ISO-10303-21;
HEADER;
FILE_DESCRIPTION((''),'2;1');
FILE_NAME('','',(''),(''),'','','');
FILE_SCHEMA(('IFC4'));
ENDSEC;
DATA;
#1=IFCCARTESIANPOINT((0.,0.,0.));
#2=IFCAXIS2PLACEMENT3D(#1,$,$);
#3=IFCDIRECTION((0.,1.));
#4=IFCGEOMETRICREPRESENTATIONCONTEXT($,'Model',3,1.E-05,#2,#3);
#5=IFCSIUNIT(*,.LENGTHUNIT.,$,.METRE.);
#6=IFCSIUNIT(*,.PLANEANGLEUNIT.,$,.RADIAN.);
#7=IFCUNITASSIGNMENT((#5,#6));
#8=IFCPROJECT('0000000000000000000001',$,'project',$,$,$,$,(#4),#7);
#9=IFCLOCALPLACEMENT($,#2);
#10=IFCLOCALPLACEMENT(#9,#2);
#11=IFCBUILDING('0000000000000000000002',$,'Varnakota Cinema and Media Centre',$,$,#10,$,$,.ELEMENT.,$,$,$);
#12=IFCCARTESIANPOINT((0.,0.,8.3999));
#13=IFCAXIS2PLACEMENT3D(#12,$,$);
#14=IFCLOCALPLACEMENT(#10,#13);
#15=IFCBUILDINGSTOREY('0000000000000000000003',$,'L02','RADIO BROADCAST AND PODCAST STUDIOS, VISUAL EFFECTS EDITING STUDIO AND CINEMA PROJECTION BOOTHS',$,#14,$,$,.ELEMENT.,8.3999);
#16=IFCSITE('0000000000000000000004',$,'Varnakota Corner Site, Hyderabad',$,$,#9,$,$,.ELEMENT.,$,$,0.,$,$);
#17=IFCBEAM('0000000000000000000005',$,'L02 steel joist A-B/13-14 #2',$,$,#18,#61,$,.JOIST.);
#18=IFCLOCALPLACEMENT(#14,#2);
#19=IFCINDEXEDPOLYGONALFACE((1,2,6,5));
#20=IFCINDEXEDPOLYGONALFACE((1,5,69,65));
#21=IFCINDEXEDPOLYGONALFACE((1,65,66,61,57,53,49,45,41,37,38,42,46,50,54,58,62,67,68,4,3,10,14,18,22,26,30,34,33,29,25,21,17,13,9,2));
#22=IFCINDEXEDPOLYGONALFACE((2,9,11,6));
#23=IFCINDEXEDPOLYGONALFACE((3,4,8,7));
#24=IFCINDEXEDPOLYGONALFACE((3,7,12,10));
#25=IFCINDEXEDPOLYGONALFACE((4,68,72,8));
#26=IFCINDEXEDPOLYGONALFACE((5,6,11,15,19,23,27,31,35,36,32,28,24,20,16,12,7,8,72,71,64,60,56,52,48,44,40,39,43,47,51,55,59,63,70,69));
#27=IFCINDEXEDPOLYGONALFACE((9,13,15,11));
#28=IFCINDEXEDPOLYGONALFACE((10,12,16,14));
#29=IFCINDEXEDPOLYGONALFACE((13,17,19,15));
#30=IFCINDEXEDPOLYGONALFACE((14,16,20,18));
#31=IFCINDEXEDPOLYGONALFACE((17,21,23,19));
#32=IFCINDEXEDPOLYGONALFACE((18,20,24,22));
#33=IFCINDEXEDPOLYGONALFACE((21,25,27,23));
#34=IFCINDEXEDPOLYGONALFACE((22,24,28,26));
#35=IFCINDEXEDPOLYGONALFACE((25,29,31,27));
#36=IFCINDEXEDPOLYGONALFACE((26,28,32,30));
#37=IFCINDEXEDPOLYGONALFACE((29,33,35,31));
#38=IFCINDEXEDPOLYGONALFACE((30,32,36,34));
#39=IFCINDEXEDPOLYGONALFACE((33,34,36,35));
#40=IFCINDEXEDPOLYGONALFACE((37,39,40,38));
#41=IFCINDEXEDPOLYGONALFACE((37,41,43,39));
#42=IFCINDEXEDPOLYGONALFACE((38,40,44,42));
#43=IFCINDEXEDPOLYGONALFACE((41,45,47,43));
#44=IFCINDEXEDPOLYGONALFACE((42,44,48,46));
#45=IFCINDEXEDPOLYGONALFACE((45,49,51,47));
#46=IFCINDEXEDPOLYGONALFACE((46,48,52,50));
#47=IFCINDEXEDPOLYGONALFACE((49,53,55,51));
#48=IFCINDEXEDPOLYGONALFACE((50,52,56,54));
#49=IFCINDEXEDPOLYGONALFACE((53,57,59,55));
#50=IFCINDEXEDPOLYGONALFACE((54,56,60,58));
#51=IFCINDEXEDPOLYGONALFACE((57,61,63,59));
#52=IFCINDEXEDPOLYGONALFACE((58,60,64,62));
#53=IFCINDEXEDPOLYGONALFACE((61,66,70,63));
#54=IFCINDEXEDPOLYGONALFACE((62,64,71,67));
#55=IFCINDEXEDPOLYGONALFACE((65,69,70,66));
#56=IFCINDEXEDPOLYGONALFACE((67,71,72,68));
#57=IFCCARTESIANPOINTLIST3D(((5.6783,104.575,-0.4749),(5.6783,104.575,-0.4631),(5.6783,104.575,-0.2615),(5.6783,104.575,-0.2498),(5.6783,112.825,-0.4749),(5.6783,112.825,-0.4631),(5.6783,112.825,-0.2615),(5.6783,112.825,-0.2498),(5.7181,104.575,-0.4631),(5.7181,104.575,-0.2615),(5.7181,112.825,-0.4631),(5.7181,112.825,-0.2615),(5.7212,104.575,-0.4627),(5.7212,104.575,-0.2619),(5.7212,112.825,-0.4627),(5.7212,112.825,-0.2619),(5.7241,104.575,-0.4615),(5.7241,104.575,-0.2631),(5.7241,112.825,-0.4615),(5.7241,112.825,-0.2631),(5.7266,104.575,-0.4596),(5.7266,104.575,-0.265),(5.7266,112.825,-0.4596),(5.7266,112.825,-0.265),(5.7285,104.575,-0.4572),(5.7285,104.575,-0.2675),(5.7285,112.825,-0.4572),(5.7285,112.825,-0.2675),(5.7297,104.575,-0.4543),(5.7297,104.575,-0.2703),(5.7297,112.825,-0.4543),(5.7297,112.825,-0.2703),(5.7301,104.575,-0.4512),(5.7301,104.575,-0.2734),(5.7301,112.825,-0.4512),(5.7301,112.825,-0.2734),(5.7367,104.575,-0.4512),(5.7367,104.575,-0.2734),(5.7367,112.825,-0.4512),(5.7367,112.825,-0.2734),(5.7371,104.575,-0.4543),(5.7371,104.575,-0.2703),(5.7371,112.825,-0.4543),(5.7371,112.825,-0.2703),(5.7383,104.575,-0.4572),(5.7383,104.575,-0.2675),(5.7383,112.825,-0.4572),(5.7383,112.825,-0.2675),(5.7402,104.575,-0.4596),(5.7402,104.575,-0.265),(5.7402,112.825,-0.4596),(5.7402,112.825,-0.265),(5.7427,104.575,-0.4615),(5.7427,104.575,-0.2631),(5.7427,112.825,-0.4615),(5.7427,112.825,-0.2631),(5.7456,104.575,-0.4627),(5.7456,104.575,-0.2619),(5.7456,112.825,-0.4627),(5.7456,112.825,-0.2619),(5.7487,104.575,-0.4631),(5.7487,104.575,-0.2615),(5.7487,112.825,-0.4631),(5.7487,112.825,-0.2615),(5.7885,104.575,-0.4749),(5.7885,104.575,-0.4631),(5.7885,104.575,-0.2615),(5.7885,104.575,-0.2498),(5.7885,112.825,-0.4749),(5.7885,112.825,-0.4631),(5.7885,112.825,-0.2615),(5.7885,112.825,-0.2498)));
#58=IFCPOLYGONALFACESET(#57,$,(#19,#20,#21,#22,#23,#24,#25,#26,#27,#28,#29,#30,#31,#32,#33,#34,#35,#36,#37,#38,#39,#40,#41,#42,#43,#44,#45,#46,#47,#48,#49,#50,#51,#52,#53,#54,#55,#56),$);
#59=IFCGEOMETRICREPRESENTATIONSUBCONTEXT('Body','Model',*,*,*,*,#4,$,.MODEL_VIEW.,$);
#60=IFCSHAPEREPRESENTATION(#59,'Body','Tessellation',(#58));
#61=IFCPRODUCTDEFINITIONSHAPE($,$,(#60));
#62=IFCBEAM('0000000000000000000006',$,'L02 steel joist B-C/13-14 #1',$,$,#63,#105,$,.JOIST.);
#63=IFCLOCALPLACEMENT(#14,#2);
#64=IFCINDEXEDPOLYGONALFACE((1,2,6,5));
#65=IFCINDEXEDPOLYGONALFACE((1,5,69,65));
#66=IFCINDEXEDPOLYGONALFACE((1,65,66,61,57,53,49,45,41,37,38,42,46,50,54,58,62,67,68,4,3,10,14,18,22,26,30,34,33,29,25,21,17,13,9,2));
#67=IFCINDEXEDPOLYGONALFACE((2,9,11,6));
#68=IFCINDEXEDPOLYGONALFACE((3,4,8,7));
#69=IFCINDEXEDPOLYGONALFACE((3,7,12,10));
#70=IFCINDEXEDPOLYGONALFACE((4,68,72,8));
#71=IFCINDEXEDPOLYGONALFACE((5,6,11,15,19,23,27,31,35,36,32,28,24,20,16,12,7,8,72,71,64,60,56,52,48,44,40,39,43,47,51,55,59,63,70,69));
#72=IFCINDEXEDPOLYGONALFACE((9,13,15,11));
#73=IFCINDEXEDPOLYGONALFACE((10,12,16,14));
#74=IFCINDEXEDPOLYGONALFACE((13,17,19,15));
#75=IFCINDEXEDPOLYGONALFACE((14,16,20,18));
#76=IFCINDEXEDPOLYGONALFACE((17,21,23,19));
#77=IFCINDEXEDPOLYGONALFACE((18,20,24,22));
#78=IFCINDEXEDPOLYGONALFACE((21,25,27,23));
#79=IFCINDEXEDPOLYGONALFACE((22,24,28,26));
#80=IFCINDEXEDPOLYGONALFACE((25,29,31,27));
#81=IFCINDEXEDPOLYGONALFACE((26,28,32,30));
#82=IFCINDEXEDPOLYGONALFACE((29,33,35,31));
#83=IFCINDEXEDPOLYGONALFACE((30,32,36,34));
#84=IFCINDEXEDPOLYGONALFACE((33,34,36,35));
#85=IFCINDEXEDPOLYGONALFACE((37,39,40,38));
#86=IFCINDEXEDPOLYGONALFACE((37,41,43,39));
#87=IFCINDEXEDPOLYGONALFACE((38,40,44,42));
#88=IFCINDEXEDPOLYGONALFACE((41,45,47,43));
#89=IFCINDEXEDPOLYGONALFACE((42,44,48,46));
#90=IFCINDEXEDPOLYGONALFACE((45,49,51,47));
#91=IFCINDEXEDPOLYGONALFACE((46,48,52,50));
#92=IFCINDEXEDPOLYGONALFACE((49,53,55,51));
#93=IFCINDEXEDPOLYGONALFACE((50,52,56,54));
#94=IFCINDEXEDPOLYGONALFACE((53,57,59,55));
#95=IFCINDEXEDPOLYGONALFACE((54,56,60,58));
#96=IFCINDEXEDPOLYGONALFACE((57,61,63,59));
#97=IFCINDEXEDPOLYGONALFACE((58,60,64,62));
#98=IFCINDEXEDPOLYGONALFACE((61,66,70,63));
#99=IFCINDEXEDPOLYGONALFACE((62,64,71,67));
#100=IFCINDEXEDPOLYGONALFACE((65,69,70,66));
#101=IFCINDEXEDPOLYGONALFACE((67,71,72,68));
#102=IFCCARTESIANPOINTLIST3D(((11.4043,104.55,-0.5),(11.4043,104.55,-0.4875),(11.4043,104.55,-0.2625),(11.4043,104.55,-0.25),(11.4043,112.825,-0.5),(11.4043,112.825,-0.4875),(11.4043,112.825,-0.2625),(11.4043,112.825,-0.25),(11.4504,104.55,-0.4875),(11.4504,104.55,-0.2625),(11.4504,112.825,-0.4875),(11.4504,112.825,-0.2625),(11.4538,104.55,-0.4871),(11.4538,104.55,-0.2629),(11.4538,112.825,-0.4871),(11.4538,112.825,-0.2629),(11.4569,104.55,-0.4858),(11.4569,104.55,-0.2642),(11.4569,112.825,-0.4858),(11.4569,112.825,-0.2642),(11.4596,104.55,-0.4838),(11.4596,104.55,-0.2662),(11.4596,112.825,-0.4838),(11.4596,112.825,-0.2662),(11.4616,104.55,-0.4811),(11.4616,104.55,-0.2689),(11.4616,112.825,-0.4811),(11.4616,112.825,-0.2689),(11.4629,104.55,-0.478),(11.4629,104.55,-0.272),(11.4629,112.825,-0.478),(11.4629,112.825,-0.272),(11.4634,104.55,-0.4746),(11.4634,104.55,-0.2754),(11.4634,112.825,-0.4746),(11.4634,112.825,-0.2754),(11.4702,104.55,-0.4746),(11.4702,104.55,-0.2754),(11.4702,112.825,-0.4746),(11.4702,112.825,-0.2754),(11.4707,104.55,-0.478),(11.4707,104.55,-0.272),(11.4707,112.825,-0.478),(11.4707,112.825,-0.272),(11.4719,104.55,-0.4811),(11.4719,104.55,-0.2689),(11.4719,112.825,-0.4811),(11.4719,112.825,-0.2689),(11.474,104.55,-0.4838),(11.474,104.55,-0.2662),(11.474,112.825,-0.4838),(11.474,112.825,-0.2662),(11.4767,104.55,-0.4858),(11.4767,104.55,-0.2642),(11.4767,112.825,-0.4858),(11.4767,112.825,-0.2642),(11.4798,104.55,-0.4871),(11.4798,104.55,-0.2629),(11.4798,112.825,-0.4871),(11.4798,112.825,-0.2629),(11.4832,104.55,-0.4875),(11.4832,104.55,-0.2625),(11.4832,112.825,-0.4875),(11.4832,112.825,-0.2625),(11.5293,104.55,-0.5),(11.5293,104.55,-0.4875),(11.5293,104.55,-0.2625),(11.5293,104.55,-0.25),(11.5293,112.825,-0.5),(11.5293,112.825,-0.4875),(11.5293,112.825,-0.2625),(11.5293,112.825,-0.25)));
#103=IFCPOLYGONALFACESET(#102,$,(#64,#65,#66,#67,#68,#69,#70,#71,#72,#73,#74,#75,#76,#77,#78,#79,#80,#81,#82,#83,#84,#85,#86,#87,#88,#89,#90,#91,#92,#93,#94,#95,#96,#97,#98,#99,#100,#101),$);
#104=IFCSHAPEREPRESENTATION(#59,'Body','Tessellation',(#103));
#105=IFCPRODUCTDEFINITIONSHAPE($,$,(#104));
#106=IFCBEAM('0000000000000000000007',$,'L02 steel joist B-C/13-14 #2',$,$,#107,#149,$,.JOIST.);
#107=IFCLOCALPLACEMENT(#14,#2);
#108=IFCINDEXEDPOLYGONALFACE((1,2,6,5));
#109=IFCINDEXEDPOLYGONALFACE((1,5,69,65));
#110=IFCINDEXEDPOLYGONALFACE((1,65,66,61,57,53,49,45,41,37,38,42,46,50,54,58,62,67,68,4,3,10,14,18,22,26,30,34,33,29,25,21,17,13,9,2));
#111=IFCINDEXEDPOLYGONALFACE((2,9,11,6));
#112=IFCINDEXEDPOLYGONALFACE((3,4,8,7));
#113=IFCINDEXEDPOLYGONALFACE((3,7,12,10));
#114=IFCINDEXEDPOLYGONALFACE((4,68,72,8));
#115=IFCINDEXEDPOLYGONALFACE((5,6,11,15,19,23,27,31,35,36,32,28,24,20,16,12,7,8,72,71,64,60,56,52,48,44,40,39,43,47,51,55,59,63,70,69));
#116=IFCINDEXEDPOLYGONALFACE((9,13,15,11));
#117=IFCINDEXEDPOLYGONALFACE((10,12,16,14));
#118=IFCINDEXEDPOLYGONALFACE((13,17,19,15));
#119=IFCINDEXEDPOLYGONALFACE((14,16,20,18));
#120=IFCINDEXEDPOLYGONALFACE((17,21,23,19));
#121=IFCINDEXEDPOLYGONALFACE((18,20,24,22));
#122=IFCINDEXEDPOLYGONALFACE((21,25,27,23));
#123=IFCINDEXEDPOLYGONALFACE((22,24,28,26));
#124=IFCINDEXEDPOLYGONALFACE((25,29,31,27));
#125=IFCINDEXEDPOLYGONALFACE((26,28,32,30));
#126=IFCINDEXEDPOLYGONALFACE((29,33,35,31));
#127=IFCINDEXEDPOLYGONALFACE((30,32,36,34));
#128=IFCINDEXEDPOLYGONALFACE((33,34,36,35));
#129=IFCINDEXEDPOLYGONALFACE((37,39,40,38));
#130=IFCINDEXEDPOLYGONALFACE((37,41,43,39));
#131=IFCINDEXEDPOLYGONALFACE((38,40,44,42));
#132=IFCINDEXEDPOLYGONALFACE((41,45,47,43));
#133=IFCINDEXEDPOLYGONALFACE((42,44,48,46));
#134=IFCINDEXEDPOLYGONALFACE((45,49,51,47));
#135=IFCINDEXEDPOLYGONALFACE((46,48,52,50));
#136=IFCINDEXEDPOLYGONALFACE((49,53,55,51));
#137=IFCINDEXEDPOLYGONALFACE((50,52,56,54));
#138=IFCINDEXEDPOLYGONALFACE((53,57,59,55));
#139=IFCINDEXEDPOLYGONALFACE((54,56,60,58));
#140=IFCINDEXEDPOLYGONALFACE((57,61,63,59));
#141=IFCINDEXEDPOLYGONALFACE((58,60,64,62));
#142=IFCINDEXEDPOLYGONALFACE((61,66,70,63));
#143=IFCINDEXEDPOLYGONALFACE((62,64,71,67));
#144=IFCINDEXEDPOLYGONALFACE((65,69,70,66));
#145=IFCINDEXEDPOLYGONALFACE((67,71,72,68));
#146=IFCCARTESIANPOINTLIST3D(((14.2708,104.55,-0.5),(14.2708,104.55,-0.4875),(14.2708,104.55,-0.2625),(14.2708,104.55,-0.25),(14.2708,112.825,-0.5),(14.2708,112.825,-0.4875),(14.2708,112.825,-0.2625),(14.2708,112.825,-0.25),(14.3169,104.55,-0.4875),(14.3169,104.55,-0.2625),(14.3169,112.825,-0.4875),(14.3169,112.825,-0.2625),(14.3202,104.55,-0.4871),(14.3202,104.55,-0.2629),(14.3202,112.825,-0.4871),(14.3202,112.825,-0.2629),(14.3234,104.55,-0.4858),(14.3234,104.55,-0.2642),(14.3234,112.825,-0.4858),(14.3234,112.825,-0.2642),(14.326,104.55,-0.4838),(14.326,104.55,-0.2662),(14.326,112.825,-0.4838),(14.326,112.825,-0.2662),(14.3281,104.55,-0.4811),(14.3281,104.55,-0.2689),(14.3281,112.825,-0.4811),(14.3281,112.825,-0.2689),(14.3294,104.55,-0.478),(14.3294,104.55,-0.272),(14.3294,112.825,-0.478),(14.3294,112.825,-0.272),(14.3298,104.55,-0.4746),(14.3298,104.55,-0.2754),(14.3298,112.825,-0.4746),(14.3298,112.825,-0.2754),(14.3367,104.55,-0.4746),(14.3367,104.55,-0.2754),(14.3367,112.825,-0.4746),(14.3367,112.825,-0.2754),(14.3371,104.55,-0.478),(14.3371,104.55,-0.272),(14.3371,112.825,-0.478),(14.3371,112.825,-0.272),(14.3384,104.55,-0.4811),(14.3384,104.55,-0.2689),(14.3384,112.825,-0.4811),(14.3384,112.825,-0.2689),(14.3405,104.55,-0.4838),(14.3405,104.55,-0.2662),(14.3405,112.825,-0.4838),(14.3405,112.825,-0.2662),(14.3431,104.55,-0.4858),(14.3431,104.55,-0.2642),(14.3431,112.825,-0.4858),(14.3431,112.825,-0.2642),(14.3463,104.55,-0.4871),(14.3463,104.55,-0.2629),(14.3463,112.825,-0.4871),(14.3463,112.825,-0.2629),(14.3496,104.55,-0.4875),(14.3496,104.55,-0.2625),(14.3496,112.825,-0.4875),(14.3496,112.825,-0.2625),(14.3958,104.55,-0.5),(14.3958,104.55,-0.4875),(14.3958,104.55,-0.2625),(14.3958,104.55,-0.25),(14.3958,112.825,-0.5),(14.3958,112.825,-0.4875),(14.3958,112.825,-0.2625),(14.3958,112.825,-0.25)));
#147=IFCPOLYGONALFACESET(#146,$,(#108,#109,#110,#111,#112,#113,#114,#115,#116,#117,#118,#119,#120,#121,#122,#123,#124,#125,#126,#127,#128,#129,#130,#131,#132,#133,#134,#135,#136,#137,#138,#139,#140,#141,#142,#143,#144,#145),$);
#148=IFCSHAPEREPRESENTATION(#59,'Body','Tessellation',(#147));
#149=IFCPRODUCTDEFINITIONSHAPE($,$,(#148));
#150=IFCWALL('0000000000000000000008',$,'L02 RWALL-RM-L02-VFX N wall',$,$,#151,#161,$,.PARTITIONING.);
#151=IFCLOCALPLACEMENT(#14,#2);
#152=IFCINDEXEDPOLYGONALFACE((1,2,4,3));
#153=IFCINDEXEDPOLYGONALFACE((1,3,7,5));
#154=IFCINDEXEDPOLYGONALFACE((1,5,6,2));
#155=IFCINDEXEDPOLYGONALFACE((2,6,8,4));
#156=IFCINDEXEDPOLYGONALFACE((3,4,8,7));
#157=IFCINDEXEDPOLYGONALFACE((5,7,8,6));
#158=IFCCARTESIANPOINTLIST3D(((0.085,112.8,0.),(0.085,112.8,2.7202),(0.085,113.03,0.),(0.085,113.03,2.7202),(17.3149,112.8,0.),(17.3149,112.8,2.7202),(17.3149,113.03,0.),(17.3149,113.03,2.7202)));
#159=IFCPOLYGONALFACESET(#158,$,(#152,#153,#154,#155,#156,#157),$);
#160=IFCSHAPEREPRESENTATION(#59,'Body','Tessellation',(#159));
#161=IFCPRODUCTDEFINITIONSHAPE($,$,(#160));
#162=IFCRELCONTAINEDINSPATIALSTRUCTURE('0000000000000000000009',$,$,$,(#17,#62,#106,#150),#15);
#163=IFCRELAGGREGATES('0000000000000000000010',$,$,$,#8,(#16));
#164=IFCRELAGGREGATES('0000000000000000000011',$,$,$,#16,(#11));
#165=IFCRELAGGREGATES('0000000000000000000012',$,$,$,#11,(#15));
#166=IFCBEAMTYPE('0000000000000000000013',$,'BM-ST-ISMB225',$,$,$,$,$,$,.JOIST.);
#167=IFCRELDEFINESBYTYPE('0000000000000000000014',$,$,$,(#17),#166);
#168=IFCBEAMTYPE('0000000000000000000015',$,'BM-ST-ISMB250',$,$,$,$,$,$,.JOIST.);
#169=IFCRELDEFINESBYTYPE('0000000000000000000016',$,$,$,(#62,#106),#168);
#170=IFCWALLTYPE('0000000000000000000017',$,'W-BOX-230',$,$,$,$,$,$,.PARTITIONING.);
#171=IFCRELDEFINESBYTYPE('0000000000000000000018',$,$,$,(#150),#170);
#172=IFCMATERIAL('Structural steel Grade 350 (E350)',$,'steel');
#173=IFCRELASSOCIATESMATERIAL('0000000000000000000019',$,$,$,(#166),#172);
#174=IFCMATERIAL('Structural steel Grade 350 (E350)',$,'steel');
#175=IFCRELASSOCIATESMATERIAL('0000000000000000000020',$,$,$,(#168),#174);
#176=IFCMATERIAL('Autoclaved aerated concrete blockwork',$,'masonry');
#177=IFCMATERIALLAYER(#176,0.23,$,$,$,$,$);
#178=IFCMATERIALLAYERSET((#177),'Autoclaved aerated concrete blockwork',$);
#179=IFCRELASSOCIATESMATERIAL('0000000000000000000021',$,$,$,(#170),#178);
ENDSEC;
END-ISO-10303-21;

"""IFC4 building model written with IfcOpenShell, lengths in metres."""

from ifc_helpers import new_model, si_unit, direction, frame, frame_2d, origin, origin_2d, place, context, subcontext, project, spatial, rectangle, i_section, extrude, material, layer, layer_set, material_profile, profile_set, type_object, element, save


model = new_model("IFC4")

# Units and contexts
model_context = context("Model", 3, precision=1e-05, world=origin(), true_north=direction((0.0, 1.0)))
body_context = subcontext(model_context, "Body", "Model", "MODEL_VIEW")
ifc_project = project(units=[si_unit("LENGTHUNIT", "METRE"), si_unit("PLANEANGLEUNIT", "RADIAN")], contexts=[model_context])

# Site, building, storey
site_placement = place(None, origin())
site = spatial("IfcSite", under=ifc_project, at=site_placement, Name="Varnakota Corner Site, Hyderabad", CompositionType="ELEMENT", RefElevation=0.0)
building_placement = place(site_placement, origin())
building = spatial("IfcBuilding", under=site, at=building_placement, Name="Varnakota Cinema and Media Centre", CompositionType="ELEMENT")
storey_placement = place(building_placement, frame((0.0, 0.0, 8.3999)))
storey = spatial("IfcBuildingStorey", under=building, at=storey_placement, Name="L02", Description="RADIO BROADCAST AND PODCAST STUDIOS, VISUAL EFFECTS EDITING STUDIO AND CINEMA PROJECTION BOOTHS", CompositionType="ELEMENT", Elevation=8.3999)

# Beams
ifc_material_1 = material(Name="Structural steel Grade 350 (E350)", Category="steel")
ifc_material_profile_1 = material_profile(ifc_material_1, i_section(OverallWidth=0.1101, OverallDepth=0.2251, WebThickness=0.0066, FlangeThickness=0.0117, FilletRadius=0.012, at=origin_2d()), Name="ISMB 225")
ifc_profile_set_1 = profile_set([ifc_material_profile_1], Name="Structural steel Grade 350 (E350)")
beam_type_1 = type_object("IfcBeamType", Name="BM-ST-ISMB225", PredefinedType="JOIST", material=ifc_profile_set_1)
for number, where, z_axis, x_axis, name in (
    (1, (5.7334, 104.575, -0.3623), (0.0, 1.0, 0.0), (-1.0, 0.0, 0.0), "L02 steel joist A-B/13-14 #2"),
):
    element("IfcBeam", number, at=place(storey_placement, frame(where, z_axis=z_axis, x_axis=x_axis)), inside=storey, type_object=beam_type_1, Name=name, PredefinedType="JOIST", context=body_context, shape_type="SweptSolid", body=[
        extrude(i_section(OverallWidth=0.1101, OverallDepth=0.2251, WebThickness=0.0066, FlangeThickness=0.0117, FilletRadius=0.012, at=origin_2d()), origin(), (0.0, 0.0, 1.0), 8.25),
    ])
ifc_material_2 = material(Name="Structural steel Grade 350 (E350)", Category="steel")
ifc_material_profile_2 = material_profile(ifc_material_2, i_section(OverallWidth=0.125, OverallDepth=0.25, WebThickness=0.0068, FlangeThickness=0.0125, FilletRadius=0.0129, at=origin_2d()), Name="ISMB 250")
ifc_profile_set_2 = profile_set([ifc_material_profile_2], Name="Structural steel Grade 350 (E350)")
beam_type_2 = type_object("IfcBeamType", Name="BM-ST-ISMB250", PredefinedType="JOIST", material=ifc_profile_set_2)
for number, where, z_axis, x_axis, name in (
    (2, (11.4668, 104.55, -0.375), (0.0, 1.0, 0.0), (-1.0, 0.0, 0.0), "L02 steel joist B-C/13-14 #1"),
    (3, (14.3333, 104.55, -0.375), (0.0, 1.0, 0.0), (-1.0, 0.0, 0.0), "L02 steel joist B-C/13-14 #2"),
):
    element("IfcBeam", number, at=place(storey_placement, frame(where, z_axis=z_axis, x_axis=x_axis)), inside=storey, type_object=beam_type_2, Name=name, PredefinedType="JOIST", context=body_context, shape_type="SweptSolid", body=[
        extrude(i_section(OverallWidth=0.125, OverallDepth=0.25, WebThickness=0.0068, FlangeThickness=0.0125, FilletRadius=0.0129, at=origin_2d()), origin(), (0.0, 0.0, 1.0), 8.2749),
    ])

# Wall
ifc_material_3 = material(Name="Autoclaved aerated concrete blockwork", Category="masonry")
ifc_layer_1 = layer(ifc_material_3, 0.23)
ifc_layer_set_1 = layer_set([ifc_layer_1], Name="Autoclaved aerated concrete blockwork")
wall_type_1 = type_object("IfcWallType", Name="W-BOX-230", PredefinedType="PARTITIONING", material=ifc_layer_set_1)
wall_1_placement = place(storey_placement, frame((0.085, 112.915, 0.0), z_axis=(0.0, 0.0, 1.0), x_axis=(1.0, 0.0, 0.0)))
element("IfcWall", 4, at=wall_1_placement, inside=storey, type_object=wall_type_1, Name="L02 RWALL-RM-L02-VFX N wall", PredefinedType="PARTITIONING", context=body_context, shape_type="SweptSolid", body=[
    extrude(rectangle(XDim=17.23, YDim=0.23, at=frame_2d((8.615, 0.0))), origin(), (0.0, 0.0, 1.0), 2.7202),
])

save(model, "model.ifc")
